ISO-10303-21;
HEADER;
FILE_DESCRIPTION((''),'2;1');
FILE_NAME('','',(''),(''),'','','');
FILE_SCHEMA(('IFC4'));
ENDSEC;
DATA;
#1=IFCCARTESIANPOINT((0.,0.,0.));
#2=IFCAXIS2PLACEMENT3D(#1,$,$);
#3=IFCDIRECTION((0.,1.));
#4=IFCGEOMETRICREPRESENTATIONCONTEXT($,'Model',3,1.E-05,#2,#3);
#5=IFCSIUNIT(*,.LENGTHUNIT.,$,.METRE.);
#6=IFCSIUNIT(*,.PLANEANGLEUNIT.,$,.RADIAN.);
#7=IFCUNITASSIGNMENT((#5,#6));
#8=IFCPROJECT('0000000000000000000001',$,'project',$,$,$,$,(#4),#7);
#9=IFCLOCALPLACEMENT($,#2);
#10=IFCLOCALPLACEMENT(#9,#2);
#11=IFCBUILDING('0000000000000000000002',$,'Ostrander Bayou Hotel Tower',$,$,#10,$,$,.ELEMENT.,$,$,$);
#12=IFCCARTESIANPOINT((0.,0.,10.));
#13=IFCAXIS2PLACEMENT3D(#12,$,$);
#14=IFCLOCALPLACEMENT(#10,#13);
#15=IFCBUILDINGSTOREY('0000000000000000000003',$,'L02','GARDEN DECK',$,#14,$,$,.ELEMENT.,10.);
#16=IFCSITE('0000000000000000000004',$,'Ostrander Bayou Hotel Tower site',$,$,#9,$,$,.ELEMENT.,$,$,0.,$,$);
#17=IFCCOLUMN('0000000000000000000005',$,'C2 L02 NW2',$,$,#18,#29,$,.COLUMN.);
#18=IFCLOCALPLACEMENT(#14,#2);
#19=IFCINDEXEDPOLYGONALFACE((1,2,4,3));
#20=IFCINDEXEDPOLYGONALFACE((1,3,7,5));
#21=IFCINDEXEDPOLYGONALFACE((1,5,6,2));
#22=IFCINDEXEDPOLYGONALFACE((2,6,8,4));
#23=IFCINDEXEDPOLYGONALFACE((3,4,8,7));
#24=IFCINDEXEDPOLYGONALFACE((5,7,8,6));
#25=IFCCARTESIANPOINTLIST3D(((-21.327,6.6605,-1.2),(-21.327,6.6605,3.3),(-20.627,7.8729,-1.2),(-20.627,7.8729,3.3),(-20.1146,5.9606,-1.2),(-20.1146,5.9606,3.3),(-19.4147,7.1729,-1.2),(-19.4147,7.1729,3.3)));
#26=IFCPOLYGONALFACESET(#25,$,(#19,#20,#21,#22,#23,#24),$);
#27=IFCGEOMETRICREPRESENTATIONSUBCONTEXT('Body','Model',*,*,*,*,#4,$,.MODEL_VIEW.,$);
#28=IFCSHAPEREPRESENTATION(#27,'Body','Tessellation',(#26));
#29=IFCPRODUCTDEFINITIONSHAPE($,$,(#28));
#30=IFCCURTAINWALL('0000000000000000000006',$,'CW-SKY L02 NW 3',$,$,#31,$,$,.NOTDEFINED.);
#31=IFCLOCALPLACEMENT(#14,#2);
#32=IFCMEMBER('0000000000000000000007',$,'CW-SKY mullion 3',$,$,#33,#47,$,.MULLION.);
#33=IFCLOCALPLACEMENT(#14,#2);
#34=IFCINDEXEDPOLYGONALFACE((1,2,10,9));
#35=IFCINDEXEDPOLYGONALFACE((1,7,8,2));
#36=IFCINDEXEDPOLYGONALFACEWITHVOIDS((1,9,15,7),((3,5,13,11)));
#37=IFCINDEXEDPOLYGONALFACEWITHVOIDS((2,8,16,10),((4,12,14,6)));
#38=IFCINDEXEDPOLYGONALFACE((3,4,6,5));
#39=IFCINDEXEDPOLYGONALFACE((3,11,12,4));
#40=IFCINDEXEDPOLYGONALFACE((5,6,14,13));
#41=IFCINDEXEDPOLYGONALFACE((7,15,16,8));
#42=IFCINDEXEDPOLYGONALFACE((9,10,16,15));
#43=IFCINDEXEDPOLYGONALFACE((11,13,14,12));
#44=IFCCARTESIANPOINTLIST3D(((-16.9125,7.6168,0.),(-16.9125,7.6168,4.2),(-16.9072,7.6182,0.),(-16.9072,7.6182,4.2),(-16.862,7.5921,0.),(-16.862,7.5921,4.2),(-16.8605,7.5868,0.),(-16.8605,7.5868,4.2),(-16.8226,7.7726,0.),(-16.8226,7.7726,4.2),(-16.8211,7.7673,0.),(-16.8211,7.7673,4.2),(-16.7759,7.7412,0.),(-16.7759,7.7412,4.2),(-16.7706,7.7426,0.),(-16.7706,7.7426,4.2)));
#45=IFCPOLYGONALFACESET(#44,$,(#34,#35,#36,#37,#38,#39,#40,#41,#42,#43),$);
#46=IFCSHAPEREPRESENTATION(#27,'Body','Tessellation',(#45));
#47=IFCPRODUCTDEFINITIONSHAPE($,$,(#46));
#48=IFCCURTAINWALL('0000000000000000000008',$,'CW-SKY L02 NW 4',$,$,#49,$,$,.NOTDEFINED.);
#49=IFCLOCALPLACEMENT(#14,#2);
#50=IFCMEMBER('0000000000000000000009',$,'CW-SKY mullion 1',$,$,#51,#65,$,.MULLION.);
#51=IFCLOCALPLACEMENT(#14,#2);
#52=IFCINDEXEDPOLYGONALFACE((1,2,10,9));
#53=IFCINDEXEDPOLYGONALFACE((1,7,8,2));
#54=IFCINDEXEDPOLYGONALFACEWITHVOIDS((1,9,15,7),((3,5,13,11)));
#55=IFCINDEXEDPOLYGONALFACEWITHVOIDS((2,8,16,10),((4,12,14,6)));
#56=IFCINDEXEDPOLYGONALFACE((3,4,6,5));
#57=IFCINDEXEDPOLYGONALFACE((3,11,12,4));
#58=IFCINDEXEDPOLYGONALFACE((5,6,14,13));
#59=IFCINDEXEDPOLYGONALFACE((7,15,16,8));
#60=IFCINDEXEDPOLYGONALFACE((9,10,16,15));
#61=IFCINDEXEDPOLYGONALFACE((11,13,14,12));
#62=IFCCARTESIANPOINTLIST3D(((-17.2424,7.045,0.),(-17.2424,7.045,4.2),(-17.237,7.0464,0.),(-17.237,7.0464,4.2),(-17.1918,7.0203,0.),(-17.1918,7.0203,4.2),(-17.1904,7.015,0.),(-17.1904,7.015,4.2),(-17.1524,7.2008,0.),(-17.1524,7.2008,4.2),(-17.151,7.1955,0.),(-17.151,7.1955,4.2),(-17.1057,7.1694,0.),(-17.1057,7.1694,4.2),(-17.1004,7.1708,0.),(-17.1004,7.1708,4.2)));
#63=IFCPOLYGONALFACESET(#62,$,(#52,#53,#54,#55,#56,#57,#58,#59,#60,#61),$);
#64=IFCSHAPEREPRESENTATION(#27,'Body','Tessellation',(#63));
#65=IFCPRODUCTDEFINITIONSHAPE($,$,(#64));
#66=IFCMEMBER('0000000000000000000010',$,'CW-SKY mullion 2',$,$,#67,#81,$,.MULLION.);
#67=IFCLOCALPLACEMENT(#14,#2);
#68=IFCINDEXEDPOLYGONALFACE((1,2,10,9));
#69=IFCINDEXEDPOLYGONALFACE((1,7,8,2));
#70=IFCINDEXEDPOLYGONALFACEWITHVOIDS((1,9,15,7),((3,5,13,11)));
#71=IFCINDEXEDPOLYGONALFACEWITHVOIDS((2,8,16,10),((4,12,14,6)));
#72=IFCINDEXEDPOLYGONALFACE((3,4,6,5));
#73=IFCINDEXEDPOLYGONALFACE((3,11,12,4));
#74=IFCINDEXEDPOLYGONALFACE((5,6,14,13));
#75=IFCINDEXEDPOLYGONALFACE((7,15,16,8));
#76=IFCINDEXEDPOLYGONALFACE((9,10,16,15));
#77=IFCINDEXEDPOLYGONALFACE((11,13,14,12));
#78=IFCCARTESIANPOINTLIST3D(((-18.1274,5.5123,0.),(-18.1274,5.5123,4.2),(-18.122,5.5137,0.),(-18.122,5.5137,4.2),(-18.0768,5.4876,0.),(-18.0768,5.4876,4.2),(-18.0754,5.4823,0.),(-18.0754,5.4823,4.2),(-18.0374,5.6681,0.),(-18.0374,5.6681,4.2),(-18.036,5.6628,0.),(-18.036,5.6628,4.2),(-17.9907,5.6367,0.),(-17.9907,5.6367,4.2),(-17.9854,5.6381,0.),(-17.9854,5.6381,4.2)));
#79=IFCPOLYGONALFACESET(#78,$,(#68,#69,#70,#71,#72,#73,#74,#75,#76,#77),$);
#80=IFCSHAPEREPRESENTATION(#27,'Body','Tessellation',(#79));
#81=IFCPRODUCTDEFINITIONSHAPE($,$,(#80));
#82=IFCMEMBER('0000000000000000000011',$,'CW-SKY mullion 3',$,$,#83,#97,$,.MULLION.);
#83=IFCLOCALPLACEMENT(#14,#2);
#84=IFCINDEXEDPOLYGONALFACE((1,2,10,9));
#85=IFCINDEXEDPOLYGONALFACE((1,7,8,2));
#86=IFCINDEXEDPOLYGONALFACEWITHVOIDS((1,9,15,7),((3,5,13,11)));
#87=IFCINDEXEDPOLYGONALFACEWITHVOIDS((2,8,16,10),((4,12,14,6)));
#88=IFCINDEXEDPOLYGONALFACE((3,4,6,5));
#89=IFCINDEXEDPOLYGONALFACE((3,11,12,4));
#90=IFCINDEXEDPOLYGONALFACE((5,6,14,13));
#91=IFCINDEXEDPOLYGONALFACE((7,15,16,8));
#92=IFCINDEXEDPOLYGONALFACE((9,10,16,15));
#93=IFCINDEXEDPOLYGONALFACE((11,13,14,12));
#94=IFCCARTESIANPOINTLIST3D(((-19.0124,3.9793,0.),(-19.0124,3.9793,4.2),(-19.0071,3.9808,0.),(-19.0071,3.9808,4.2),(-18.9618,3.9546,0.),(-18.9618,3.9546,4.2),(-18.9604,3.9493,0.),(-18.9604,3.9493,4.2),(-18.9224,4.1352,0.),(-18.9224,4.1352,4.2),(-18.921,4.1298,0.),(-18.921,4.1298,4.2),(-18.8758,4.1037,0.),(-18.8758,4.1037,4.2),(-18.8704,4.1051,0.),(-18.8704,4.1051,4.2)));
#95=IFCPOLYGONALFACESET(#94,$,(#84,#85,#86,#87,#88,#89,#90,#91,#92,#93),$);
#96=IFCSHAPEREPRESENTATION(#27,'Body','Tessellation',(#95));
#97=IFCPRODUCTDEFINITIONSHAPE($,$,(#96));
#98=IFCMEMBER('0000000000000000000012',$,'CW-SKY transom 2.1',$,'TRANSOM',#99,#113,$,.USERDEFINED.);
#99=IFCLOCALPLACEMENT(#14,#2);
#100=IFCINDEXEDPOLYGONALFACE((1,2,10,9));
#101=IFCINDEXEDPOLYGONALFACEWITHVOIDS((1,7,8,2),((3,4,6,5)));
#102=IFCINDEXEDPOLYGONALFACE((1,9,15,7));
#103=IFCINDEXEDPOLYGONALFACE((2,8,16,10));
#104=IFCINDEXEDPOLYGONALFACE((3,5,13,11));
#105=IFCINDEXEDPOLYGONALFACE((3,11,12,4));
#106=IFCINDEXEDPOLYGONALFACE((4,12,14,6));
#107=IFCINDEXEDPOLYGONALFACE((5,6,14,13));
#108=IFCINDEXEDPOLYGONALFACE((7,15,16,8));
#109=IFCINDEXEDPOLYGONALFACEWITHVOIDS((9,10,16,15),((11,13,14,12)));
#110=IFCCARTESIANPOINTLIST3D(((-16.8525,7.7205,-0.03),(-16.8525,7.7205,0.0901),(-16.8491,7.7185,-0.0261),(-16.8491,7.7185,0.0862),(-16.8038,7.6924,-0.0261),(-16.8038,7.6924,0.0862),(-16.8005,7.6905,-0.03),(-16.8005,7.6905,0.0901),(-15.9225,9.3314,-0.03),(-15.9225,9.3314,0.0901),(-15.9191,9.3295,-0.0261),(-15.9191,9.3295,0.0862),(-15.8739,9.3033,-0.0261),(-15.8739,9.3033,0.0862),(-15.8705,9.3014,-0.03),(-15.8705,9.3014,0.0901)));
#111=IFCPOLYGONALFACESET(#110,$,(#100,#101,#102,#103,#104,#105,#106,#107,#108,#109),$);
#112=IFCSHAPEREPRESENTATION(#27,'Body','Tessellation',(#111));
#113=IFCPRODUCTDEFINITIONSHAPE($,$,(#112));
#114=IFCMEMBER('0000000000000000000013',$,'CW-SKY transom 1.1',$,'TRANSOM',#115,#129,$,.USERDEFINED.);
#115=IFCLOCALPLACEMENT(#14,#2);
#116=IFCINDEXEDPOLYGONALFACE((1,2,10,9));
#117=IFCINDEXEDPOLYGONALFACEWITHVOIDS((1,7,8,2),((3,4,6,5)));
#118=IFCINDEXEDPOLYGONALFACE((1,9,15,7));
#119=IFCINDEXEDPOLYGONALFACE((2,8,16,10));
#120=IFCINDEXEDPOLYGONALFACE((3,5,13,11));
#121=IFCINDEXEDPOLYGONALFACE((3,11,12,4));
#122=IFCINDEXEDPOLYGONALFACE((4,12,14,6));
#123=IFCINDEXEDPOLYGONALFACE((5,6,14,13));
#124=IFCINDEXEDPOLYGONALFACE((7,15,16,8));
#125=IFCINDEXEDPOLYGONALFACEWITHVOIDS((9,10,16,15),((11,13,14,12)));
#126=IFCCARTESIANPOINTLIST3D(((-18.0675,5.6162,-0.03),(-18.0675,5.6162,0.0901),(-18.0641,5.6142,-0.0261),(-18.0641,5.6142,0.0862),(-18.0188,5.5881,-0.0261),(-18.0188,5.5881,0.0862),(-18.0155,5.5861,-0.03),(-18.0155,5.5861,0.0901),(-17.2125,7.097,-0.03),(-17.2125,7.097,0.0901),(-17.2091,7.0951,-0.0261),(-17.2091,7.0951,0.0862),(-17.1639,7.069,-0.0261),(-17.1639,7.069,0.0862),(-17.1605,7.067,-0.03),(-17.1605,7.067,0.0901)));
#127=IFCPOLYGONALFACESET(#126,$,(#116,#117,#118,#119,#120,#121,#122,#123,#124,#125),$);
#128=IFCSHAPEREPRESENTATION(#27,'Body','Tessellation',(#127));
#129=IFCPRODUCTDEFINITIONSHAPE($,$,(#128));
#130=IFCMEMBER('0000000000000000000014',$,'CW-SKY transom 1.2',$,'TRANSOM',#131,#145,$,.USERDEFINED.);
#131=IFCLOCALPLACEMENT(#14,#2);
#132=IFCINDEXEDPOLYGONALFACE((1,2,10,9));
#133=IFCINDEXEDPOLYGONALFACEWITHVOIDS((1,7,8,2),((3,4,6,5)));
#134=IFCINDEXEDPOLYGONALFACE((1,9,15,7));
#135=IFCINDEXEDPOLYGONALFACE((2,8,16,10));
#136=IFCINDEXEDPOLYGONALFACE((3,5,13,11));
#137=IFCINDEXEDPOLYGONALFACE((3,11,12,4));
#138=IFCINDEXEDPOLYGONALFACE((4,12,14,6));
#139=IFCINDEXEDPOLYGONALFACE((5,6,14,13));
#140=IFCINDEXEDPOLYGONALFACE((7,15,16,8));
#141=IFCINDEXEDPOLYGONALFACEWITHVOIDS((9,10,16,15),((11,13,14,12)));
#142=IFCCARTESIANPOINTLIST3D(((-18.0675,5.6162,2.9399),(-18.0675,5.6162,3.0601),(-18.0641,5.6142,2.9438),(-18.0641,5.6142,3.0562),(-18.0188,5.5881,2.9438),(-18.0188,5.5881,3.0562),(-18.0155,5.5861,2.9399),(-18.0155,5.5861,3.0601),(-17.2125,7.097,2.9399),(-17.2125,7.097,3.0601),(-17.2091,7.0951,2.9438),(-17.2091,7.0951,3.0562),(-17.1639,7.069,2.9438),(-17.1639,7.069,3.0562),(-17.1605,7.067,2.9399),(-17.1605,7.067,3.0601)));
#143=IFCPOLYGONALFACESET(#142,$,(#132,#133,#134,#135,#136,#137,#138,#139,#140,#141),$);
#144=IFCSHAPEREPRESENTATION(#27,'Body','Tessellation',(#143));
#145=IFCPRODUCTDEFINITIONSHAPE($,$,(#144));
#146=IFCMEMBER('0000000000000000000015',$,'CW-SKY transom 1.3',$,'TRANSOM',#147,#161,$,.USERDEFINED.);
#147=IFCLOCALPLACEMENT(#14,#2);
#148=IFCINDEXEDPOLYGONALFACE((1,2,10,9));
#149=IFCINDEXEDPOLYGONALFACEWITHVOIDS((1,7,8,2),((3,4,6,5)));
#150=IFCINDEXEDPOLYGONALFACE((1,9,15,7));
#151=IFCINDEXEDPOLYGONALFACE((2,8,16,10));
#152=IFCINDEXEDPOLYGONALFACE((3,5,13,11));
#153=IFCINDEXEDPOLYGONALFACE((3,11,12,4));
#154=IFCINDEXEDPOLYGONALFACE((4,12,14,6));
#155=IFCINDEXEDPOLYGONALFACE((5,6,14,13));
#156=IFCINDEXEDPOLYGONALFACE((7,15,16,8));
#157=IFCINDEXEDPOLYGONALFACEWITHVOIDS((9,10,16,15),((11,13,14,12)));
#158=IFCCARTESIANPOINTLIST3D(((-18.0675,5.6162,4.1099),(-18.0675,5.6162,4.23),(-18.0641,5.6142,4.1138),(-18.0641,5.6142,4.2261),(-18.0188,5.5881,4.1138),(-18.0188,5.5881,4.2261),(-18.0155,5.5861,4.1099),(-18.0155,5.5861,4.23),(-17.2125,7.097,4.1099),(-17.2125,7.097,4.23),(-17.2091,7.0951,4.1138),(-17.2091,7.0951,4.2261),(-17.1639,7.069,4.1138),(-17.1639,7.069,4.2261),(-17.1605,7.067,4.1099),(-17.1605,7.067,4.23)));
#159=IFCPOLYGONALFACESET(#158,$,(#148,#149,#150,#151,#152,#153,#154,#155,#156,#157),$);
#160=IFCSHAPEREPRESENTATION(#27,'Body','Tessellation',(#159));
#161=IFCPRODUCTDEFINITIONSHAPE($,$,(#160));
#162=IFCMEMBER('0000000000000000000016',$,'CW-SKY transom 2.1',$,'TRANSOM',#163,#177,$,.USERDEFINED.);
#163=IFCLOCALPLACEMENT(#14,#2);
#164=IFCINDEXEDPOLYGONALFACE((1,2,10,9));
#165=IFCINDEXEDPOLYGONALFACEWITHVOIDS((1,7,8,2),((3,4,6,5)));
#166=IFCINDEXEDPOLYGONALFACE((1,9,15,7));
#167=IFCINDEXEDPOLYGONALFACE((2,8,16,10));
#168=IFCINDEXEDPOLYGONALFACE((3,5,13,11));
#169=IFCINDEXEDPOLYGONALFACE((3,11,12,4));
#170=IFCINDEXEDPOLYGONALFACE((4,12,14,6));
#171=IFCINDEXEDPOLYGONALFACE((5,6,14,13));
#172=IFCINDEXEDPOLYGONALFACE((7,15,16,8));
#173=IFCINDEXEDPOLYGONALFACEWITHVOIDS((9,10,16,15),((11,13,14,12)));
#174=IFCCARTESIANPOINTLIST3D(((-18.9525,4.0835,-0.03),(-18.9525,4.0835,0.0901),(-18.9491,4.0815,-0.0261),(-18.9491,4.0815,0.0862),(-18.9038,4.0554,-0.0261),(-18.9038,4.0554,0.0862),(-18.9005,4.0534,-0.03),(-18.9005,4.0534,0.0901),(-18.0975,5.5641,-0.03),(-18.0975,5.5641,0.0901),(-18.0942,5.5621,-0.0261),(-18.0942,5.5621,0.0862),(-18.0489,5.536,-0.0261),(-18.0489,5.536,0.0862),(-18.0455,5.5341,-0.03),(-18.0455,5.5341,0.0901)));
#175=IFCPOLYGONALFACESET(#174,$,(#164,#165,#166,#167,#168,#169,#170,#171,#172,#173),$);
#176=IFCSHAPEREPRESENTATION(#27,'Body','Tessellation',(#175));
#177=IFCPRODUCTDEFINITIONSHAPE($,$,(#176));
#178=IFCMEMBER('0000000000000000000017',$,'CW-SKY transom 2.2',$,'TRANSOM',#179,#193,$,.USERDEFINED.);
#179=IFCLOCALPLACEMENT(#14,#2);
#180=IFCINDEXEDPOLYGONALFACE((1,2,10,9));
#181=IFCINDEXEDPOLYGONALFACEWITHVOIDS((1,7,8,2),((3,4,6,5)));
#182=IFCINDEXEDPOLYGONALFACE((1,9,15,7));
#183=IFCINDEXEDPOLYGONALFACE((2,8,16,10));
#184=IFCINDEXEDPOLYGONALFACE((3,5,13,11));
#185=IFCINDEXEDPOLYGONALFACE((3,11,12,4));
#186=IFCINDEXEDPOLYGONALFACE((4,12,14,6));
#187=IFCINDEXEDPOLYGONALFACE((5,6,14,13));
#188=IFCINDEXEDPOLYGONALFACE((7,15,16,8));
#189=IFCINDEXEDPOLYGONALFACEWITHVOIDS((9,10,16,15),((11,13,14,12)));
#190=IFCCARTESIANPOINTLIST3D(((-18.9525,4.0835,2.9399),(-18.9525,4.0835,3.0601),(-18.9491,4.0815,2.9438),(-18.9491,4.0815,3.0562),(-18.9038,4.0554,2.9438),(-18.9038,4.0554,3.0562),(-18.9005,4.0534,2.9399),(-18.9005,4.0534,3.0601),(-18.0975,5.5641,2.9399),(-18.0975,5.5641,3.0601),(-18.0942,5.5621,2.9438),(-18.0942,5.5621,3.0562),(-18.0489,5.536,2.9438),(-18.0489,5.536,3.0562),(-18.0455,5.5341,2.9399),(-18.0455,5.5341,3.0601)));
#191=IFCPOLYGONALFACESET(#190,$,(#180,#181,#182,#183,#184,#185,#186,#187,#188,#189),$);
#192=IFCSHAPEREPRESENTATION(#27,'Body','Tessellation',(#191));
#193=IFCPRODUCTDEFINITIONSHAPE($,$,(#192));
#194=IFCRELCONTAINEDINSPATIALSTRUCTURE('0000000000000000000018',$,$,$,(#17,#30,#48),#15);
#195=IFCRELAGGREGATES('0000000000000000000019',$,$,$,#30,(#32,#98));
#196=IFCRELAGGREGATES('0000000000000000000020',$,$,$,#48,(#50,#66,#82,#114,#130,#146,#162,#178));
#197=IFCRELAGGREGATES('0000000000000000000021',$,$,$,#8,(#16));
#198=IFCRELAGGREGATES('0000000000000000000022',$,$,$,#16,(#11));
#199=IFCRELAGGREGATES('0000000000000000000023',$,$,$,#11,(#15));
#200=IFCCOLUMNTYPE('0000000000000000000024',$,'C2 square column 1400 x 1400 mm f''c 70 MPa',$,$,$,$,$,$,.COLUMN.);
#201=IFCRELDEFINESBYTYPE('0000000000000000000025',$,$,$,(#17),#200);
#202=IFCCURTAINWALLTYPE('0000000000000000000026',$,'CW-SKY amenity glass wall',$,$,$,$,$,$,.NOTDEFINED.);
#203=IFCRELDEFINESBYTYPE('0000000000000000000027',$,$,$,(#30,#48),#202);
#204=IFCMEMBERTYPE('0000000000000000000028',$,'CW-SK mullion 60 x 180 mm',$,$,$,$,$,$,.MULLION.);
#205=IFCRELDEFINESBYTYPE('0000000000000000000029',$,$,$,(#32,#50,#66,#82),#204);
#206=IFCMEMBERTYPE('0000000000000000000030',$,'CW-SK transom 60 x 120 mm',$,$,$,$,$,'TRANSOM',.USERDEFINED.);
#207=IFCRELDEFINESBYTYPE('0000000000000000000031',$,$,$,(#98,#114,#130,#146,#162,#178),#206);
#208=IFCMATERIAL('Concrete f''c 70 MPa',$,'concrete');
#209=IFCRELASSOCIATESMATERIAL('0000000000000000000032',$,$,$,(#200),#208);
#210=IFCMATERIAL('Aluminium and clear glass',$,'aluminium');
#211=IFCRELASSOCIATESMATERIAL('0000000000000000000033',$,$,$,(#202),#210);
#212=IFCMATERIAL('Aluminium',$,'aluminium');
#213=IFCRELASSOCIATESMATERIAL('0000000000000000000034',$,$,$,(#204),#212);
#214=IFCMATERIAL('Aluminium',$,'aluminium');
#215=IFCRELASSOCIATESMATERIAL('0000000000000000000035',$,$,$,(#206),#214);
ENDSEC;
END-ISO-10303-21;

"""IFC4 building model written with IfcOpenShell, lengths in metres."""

from ifc_helpers import new_model, si_unit, direction, frame, origin, origin_2d, place, context, subcontext, project, spatial, rectangle, hollow_rectangle, extrude, material, material_profile, profile_set, type_object, element, aggregate, save


model = new_model("IFC4")

# Units and contexts
model_context = context("Model", 3, precision=1e-05, world=origin(), true_north=direction((0.0, 1.0)))
body_context = subcontext(model_context, "Body", "Model", "MODEL_VIEW")
ifc_project = project(units=[si_unit("LENGTHUNIT", "METRE"), si_unit("PLANEANGLEUNIT", "RADIAN")], contexts=[model_context])

# Site, building, storey
site_placement = place(None, origin())
site = spatial("IfcSite", under=ifc_project, at=site_placement, Name="Ostrander Bayou Hotel Tower site", CompositionType="ELEMENT", RefElevation=0.0)
building_placement = place(site_placement, origin())
building = spatial("IfcBuilding", under=site, at=building_placement, Name="Ostrander Bayou Hotel Tower", CompositionType="ELEMENT")
storey_placement = place(building_placement, frame((0.0, 0.0, 10.0)))
storey = spatial("IfcBuildingStorey", under=building, at=storey_placement, Name="L02", Description="GARDEN DECK", CompositionType="ELEMENT", Elevation=10.0)

# Column
ifc_material_1 = material(Name="Concrete f'c 70 MPa", Category="concrete")
ifc_material_profile_1 = material_profile(ifc_material_1, rectangle(XDim=1.3999, YDim=1.3999, at=origin_2d()))
ifc_profile_set_1 = profile_set([ifc_material_profile_1], Name="Concrete f'c 70 MPa")
column_type = type_object("IfcColumnType", Name="C2 square column 1400 x 1400 mm f'c 70 MPa", PredefinedType="COLUMN", material=ifc_profile_set_1)
column_placement = place(storey_placement, frame((-20.3708, 6.9167, -1.2), z_axis=(0.0, 0.0, 1.0), x_axis=(0.5, 0.866025, 0.0)))
element("IfcColumn", 1, at=column_placement, inside=storey, type_object=column_type, Name="C2 L02 NW2", PredefinedType="COLUMN", context=body_context, shape_type="SweptSolid", body=[
    extrude(rectangle(XDim=1.3999, YDim=1.3999, at=origin_2d()), origin(), (0.0, 0.0, 1.0), 4.5),
])

# Curtain wall, member
ifc_material_2 = material(Name="Aluminium and clear glass", Category="aluminium")
curtain_wall_type = type_object("IfcCurtainWallType", Name="CW-SKY amenity glass wall", PredefinedType="NOTDEFINED", material=ifc_material_2)
curtain_wall_1_placement = place(storey_placement, origin())
curtain_wall_1 = element("IfcCurtainWall", 2, at=curtain_wall_1_placement, inside=storey, type_object=curtain_wall_type, Name="CW-SKY L02 NW 3", PredefinedType="NOTDEFINED")
ifc_material_3 = material(Name="Aluminium", Category="aluminium")
ifc_material_profile_2 = material_profile(ifc_material_3, hollow_rectangle(XDim=0.0601, YDim=0.1799, WallThickness=0.0039, at=origin_2d()))
ifc_profile_set_2 = profile_set([ifc_material_profile_2], Name="Aluminium")
member_type_1 = type_object("IfcMemberType", Name="CW-SK mullion 60 x 180 mm", PredefinedType="MULLION", material=ifc_profile_set_2)
member_1_placement = place(storey_placement, frame((-16.8416, 7.6797, 0.0), z_axis=(0.0, 0.0, 1.0), x_axis=(0.866025, -0.5, 0.0)))
member_1 = element("IfcMember", 3, at=member_1_placement, type_object=member_type_1, Name="CW-SKY mullion 3", PredefinedType="MULLION", context=body_context, shape_type="SweptSolid", body=[
    extrude(hollow_rectangle(XDim=0.0601, YDim=0.1799, WallThickness=0.0039, at=origin_2d()), origin(), (0.0, 0.0, 1.0), 4.2),
])

# Curtain wall, members
curtain_wall_2_placement = place(storey_placement, origin())
curtain_wall_2 = element("IfcCurtainWall", 4, at=curtain_wall_2_placement, inside=storey, type_object=curtain_wall_type, Name="CW-SKY L02 NW 4", PredefinedType="NOTDEFINED")
member_2_placement = place(storey_placement, frame((-17.1714, 7.1079, 0.0), z_axis=(0.0, 0.0, 1.0), x_axis=(0.866026, -0.499999, 0.0)))
member_2 = element("IfcMember", 5, at=member_2_placement, type_object=member_type_1, Name="CW-SKY mullion 1", PredefinedType="MULLION", context=body_context, shape_type="SweptSolid", body=[
    extrude(hollow_rectangle(XDim=0.0601, YDim=0.1799, WallThickness=0.0039, at=origin_2d()), origin(), (0.0, 0.0, 1.0), 4.2),
])
member_3_placement = place(storey_placement, frame((-18.0564, 5.5752, 0.0), z_axis=(0.0, 0.0, 1.0), x_axis=(0.866026, -0.499999, 0.0)))
member_3 = element("IfcMember", 6, at=member_3_placement, type_object=member_type_1, Name="CW-SKY mullion 2", PredefinedType="MULLION", context=body_context, shape_type="SweptSolid", body=[
    extrude(hollow_rectangle(XDim=0.0601, YDim=0.1799, WallThickness=0.0039, at=origin_2d()), origin(), (0.0, 0.0, 1.0), 4.2),
])
member_4_placement = place(storey_placement, frame((-18.9414, 4.0422, 0.0), z_axis=(0.0, 0.0, 1.0), x_axis=(0.866026, -0.499999, 0.0)))
member_4 = element("IfcMember", 7, at=member_4_placement, type_object=member_type_1, Name="CW-SKY mullion 3", PredefinedType="MULLION", context=body_context, shape_type="SweptSolid", body=[
    extrude(hollow_rectangle(XDim=0.0601, YDim=0.1799, WallThickness=0.0039, at=origin_2d()), origin(), (0.0, 0.0, 1.0), 4.2),
])

# Members
ifc_material_4 = material(Name="Aluminium", Category="aluminium")
ifc_material_profile_3 = material_profile(ifc_material_4, hollow_rectangle(XDim=0.0601, YDim=0.1201, WallThickness=0.0039, at=origin_2d()))
ifc_profile_set_3 = profile_set([ifc_material_profile_3], Name="Aluminium")
member_type_2 = type_object("IfcMemberType", Name="CW-SK transom 60 x 120 mm", ElementType="TRANSOM", PredefinedType="USERDEFINED", material=ifc_profile_set_3)
member_5_placement = place(storey_placement, frame((-15.8965, 9.3164, 0.03), z_axis=(-0.499965, -0.866046, 0.0), x_axis=(0.866046, -0.499965, 0.0)))
member_5 = element("IfcMember", 8, at=member_5_placement, type_object=member_type_2, Name="CW-SKY transom 2.1", ObjectType="TRANSOM", PredefinedType="USERDEFINED", context=body_context, shape_type="SweptSolid", body=[
    extrude(hollow_rectangle(XDim=0.0601, YDim=0.1201, WallThickness=0.0039, at=origin_2d()), origin(), (0.0, 0.0, 1.0), 1.8601),
])
member_6_placement = place(storey_placement, frame((-17.1865, 7.082, 0.03), z_axis=(-0.499978, -0.866038, 0.0), x_axis=(0.866038, -0.499978, 0.0)))
member_6 = element("IfcMember", 9, at=member_6_placement, type_object=member_type_2, Name="CW-SKY transom 1.1", ObjectType="TRANSOM", PredefinedType="USERDEFINED", context=body_context, shape_type="SweptSolid", body=[
    extrude(hollow_rectangle(XDim=0.0601, YDim=0.1201, WallThickness=0.0039, at=origin_2d()), origin(), (0.0, 0.0, 1.0), 1.71),
])
member_7_placement = place(storey_placement, frame((-17.1865, 7.082, 3.0), z_axis=(-0.499978, -0.866038, 0.0), x_axis=(0.866038, -0.499978, 0.0)))
member_7 = element("IfcMember", 10, at=member_7_placement, type_object=member_type_2, Name="CW-SKY transom 1.2", ObjectType="TRANSOM", PredefinedType="USERDEFINED", context=body_context, shape_type="SweptSolid", body=[
    extrude(hollow_rectangle(XDim=0.0601, YDim=0.1201, WallThickness=0.0039, at=origin_2d()), origin(), (0.0, 0.0, 1.0), 1.71),
])
member_8_placement = place(storey_placement, frame((-17.1865, 7.082, 4.1699), z_axis=(-0.499978, -0.866038, 0.0), x_axis=(0.866038, -0.499978, 0.0)))
member_8 = element("IfcMember", 11, at=member_8_placement, type_object=member_type_2, Name="CW-SKY transom 1.3", ObjectType="TRANSOM", PredefinedType="USERDEFINED", context=body_context, shape_type="SweptSolid", body=[
    extrude(hollow_rectangle(XDim=0.0601, YDim=0.1201, WallThickness=0.0039, at=origin_2d()), origin(), (0.0, 0.0, 1.0), 1.71),
])
member_9_placement = place(storey_placement, frame((-18.0715, 5.5491, 0.03), z_axis=(-0.50004, -0.866002, 0.0), x_axis=(0.866002, -0.50004, 0.0)))
member_9 = element("IfcMember", 12, at=member_9_placement, type_object=member_type_2, Name="CW-SKY transom 2.1", ObjectType="TRANSOM", PredefinedType="USERDEFINED", context=body_context, shape_type="SweptSolid", body=[
    extrude(hollow_rectangle(XDim=0.0601, YDim=0.1201, WallThickness=0.0039, at=origin_2d()), origin(), (0.0, 0.0, 1.0), 1.7097),
])
member_10_placement = place(storey_placement, frame((-18.0715, 5.5491, 3.0), z_axis=(-0.50004, -0.866002, 0.0), x_axis=(0.866002, -0.50004, 0.0)))
member_10 = element("IfcMember", 13, at=member_10_placement, type_object=member_type_2, Name="CW-SKY transom 2.2", ObjectType="TRANSOM", PredefinedType="USERDEFINED", context=body_context, shape_type="SweptSolid", body=[
    extrude(hollow_rectangle(XDim=0.0601, YDim=0.1201, WallThickness=0.0039, at=origin_2d()), origin(), (0.0, 0.0, 1.0), 1.7097),
])

aggregate(curtain_wall_1, [member_1, member_5])
aggregate(curtain_wall_2, [member_2, member_3, member_4, member_6, member_7, member_8, member_9, member_10])

save(model, "model.ifc")
